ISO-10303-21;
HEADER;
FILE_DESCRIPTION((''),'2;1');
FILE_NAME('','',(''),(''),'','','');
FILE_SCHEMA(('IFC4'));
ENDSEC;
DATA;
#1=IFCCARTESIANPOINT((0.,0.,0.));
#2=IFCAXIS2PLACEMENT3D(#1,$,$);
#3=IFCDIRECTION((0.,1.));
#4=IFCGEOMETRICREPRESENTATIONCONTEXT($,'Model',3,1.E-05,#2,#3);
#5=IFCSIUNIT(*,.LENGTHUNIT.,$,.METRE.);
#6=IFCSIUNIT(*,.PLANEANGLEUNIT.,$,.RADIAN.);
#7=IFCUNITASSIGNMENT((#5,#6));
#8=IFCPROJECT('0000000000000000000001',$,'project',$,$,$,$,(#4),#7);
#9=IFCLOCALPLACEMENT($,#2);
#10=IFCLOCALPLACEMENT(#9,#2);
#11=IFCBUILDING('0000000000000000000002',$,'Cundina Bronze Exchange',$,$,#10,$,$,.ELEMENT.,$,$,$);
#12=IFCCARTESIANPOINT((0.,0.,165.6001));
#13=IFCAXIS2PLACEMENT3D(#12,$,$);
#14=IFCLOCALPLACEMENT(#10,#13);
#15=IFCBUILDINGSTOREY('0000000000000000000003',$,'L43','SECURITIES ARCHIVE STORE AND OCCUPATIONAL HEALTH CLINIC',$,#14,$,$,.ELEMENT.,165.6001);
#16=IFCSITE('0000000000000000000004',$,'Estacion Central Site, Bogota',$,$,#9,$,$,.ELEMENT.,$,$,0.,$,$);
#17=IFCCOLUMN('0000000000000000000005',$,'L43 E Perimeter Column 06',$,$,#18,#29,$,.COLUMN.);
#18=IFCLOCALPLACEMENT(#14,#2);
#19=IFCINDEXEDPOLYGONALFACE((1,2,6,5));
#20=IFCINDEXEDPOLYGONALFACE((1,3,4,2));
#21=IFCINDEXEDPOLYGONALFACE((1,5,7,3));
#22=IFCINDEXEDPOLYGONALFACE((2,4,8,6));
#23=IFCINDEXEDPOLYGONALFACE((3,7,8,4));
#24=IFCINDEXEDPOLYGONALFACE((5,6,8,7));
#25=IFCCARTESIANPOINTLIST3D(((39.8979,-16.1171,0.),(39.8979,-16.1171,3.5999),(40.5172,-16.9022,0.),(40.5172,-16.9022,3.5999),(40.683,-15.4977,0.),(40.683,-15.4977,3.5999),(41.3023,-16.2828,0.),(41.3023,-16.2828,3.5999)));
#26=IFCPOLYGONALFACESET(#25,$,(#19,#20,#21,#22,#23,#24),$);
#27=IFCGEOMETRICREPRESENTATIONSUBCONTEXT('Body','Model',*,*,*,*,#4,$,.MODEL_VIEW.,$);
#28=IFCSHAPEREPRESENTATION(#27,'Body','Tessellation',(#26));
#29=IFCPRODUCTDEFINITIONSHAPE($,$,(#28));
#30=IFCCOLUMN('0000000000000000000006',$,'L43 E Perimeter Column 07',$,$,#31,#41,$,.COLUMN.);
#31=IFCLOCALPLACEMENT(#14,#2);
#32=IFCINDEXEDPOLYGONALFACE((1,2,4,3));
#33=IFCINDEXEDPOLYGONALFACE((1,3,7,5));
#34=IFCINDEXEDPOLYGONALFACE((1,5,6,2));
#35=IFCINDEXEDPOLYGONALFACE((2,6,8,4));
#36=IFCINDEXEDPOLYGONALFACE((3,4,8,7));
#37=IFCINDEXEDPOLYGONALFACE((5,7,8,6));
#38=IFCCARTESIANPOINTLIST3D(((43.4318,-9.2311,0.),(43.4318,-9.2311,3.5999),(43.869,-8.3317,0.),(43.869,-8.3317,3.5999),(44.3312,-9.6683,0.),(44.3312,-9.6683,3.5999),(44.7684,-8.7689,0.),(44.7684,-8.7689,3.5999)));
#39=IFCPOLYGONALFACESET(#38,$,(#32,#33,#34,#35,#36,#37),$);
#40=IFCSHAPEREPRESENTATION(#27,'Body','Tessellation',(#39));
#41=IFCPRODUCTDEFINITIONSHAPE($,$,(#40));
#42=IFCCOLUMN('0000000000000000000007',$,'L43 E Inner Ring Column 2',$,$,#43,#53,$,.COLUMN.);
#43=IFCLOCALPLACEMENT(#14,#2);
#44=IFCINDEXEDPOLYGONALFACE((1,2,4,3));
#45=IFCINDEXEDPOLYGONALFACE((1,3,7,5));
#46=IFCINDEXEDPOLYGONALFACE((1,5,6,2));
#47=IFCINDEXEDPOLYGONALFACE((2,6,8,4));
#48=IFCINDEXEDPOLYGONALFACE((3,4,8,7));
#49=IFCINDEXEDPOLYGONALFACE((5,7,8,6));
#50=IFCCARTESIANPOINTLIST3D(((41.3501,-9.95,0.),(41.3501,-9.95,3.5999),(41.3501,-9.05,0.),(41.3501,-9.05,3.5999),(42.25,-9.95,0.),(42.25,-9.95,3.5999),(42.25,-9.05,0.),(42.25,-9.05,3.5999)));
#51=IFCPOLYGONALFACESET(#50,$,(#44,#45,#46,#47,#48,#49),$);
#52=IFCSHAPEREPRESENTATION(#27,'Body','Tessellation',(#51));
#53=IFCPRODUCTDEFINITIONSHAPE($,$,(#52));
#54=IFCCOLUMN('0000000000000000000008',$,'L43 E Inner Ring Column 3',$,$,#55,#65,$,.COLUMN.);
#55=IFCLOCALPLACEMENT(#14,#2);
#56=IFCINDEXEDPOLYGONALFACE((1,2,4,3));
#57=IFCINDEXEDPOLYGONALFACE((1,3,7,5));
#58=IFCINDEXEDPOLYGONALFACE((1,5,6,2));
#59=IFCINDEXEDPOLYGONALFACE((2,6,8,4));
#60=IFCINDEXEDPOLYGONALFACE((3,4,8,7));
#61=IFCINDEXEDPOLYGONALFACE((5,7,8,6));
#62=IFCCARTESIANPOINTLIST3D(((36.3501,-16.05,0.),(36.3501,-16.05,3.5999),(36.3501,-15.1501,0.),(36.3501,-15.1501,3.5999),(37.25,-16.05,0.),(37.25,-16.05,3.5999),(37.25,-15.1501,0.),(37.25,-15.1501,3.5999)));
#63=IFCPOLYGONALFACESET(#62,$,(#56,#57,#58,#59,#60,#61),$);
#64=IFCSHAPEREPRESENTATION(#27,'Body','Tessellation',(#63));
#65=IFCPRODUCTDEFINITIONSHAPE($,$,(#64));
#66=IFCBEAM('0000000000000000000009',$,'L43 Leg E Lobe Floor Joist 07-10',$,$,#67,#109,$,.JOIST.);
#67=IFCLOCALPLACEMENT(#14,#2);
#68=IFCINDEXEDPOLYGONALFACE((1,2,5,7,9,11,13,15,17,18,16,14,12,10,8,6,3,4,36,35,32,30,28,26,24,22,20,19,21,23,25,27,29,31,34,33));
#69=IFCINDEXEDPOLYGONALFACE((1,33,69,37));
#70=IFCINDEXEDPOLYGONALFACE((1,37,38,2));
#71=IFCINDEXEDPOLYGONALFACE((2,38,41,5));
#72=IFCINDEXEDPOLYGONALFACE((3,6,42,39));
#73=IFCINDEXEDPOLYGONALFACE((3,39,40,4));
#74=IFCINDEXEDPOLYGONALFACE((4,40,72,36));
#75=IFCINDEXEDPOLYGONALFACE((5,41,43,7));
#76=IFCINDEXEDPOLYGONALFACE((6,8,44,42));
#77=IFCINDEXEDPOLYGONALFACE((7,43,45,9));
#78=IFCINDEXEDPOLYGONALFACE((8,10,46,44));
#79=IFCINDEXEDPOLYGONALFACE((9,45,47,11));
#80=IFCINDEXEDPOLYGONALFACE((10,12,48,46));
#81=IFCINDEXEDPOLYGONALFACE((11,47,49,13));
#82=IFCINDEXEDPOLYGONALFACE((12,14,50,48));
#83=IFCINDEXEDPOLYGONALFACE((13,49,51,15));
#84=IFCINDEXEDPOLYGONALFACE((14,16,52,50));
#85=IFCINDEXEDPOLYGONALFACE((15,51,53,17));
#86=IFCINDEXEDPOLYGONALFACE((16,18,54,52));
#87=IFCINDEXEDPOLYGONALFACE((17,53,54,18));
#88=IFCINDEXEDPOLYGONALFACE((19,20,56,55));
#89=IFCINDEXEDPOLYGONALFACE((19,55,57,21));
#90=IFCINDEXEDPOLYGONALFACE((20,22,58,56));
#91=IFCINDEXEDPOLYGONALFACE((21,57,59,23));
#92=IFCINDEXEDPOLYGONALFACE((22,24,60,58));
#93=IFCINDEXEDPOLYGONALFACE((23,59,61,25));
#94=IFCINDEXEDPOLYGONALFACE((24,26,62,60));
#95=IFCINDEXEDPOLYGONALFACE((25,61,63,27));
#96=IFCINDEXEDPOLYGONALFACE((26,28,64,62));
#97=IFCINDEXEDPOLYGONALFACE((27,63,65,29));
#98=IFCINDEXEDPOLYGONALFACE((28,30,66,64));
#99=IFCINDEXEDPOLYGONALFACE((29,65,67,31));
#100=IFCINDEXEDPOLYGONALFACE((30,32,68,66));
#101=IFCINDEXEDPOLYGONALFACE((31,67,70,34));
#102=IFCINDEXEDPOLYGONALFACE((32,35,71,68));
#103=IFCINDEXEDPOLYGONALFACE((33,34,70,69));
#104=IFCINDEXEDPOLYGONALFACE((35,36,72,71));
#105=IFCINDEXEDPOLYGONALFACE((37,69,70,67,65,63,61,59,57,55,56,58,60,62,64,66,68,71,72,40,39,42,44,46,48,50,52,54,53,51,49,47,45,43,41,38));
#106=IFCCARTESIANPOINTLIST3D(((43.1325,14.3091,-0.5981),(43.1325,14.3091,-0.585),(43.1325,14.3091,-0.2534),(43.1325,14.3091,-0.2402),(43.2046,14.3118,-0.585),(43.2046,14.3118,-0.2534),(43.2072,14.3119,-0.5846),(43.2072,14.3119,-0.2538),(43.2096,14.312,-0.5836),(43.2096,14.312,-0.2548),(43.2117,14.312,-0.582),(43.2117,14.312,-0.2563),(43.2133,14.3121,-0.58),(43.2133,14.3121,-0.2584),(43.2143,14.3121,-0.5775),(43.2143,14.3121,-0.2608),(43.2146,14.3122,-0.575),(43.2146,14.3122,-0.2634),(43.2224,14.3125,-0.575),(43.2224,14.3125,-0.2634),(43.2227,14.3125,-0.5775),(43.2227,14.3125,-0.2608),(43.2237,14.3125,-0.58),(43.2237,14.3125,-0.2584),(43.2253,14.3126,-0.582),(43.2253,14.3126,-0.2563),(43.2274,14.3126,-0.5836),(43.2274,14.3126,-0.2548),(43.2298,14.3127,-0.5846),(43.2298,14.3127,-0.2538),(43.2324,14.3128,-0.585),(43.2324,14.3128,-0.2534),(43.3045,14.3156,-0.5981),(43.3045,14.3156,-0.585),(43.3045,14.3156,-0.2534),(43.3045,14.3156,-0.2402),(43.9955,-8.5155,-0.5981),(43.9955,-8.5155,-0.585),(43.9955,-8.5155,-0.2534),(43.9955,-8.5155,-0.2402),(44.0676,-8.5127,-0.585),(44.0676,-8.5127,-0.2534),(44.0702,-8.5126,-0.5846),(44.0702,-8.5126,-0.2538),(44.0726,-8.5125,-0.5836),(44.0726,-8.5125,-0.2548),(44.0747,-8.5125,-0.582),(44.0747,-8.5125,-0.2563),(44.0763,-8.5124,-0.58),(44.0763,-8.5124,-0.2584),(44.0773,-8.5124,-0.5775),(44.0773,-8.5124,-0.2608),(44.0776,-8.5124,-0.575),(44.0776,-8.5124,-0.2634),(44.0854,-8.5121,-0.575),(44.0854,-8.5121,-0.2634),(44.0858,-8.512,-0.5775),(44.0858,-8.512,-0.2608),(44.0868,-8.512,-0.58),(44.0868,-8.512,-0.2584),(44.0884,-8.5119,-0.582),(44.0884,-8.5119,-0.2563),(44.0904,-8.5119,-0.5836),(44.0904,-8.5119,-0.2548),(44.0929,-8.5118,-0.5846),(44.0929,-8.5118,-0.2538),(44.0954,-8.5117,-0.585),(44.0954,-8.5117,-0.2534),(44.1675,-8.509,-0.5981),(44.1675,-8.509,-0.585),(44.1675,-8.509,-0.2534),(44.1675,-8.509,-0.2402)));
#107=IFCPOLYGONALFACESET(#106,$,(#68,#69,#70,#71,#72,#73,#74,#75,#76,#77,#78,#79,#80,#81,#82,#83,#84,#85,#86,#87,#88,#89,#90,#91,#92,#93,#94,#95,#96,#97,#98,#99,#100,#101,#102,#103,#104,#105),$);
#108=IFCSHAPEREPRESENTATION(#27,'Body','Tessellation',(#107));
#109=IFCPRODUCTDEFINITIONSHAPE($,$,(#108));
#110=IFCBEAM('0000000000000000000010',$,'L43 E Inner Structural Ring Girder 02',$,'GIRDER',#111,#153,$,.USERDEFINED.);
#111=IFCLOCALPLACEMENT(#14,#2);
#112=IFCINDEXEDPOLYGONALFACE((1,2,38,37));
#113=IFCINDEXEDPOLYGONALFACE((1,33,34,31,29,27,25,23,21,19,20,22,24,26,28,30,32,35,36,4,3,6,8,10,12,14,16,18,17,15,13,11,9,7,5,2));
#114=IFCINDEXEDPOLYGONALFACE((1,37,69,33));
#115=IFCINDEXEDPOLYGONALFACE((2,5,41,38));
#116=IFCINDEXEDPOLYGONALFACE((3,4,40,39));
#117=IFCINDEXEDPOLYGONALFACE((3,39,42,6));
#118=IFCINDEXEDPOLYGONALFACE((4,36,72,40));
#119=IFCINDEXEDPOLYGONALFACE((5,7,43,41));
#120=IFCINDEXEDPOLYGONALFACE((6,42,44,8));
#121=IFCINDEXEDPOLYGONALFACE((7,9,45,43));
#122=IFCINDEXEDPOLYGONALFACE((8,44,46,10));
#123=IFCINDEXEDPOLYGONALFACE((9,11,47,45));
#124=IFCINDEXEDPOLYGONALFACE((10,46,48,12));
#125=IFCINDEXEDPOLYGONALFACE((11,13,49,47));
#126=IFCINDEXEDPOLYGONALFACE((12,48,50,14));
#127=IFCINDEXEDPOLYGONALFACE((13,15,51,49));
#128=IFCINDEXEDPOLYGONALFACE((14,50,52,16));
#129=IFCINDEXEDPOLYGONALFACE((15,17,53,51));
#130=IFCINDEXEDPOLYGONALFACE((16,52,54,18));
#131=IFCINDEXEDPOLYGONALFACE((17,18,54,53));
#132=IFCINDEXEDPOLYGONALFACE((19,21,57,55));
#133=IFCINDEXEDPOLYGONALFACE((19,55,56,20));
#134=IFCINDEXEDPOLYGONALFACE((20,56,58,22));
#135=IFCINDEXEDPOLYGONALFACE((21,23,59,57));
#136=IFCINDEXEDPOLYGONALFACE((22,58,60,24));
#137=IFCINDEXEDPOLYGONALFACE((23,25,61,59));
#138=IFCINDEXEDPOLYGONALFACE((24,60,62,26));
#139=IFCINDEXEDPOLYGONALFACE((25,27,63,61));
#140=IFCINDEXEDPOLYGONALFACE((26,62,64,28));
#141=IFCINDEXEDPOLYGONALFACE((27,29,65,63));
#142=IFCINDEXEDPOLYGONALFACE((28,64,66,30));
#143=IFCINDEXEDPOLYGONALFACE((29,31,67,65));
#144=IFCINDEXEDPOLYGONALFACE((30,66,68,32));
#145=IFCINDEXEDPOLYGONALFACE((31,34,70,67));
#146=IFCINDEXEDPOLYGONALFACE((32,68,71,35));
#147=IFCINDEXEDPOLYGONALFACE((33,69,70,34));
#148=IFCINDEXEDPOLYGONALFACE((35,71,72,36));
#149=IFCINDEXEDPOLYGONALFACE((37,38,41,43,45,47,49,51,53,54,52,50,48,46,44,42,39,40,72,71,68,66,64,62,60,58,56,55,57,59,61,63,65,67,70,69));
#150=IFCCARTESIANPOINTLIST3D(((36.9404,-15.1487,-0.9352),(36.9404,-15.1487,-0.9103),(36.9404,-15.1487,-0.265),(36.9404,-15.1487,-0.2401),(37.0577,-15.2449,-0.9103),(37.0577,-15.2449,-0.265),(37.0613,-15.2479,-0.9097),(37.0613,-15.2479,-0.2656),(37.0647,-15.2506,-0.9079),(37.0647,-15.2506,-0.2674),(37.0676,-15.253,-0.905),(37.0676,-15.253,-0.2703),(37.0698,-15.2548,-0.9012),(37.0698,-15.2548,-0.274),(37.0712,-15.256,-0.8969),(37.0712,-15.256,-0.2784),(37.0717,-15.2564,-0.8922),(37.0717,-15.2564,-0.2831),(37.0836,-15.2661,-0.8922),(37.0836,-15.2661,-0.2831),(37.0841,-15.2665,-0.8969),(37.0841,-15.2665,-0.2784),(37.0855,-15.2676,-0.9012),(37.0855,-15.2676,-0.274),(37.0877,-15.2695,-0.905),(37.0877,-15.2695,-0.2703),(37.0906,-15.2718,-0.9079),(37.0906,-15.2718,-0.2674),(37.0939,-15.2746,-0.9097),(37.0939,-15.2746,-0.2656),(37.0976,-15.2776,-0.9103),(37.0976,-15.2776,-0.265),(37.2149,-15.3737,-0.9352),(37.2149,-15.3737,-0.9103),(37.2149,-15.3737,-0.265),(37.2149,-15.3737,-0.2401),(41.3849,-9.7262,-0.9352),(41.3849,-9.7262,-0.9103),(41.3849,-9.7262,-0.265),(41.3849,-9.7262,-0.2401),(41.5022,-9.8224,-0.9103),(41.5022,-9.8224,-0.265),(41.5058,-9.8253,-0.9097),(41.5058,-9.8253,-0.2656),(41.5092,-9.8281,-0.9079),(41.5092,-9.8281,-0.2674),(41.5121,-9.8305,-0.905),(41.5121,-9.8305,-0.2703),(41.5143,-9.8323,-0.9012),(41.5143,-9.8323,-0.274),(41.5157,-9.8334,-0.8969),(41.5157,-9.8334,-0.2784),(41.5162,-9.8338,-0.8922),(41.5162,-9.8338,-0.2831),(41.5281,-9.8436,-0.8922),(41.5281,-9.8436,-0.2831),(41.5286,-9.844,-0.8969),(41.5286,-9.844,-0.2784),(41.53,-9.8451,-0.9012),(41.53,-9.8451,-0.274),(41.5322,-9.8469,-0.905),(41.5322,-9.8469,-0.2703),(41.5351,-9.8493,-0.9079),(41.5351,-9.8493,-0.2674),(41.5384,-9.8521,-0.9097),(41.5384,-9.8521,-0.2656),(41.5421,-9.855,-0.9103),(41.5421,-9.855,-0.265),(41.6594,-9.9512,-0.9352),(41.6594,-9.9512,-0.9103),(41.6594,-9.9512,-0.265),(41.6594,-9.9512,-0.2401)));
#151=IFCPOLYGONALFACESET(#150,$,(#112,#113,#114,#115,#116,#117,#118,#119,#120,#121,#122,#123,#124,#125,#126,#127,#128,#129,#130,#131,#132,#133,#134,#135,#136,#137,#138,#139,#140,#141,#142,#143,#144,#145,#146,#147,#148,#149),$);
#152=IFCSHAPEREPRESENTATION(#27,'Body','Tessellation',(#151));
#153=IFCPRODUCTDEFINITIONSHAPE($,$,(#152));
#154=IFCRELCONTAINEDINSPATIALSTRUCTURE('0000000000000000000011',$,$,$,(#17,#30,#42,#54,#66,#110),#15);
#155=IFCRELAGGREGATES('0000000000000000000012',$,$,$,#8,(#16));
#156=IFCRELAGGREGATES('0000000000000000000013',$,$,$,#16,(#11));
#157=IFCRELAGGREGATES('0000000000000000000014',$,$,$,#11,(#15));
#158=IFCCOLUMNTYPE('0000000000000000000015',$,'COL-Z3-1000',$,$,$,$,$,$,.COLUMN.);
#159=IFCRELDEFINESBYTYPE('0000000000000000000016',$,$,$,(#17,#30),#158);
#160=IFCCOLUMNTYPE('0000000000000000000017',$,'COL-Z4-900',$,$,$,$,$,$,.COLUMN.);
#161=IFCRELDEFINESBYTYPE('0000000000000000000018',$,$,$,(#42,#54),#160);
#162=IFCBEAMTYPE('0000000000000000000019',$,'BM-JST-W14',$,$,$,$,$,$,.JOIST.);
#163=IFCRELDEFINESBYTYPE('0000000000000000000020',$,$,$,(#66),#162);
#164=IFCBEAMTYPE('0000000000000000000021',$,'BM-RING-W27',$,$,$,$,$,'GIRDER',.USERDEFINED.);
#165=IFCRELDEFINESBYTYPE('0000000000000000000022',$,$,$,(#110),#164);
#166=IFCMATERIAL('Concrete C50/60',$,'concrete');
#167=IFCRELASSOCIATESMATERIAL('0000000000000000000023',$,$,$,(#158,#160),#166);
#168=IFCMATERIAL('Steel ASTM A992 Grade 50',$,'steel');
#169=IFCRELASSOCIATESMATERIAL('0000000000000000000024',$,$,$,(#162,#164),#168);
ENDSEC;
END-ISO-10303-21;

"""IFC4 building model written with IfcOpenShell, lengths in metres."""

from ifc_helpers import new_model, si_unit, direction, frame, origin, origin_2d, place, context, subcontext, project, spatial, rectangle, i_section, extrude, material, material_profile, profile_set, type_object, element, save


model = new_model("IFC4")

# Units and contexts
model_context = context("Model", 3, precision=1e-05, world=origin(), true_north=direction((0.0, 1.0)))
body_context = subcontext(model_context, "Body", "Model", "MODEL_VIEW")
ifc_project = project(units=[si_unit("LENGTHUNIT", "METRE"), si_unit("PLANEANGLEUNIT", "RADIAN")], contexts=[model_context])

# Site, building, storey
site_placement = place(None, origin())
site = spatial("IfcSite", under=ifc_project, at=site_placement, Name="Estacion Central Site, Bogota", CompositionType="ELEMENT", RefElevation=0.0)
building_placement = place(site_placement, origin())
building = spatial("IfcBuilding", under=site, at=building_placement, Name="Cundina Bronze Exchange", CompositionType="ELEMENT")
storey_placement = place(building_placement, frame((0.0, 0.0, 165.6001)))
storey = spatial("IfcBuildingStorey", under=building, at=storey_placement, Name="L43", Description="SECURITIES ARCHIVE STORE AND OCCUPATIONAL HEALTH CLINIC", CompositionType="ELEMENT", Elevation=165.6001)

# Columns
ifc_material_1 = material(Name="Concrete C50/60", Category="concrete")
ifc_material_profile_1 = material_profile(ifc_material_1, rectangle(XDim=1.0, YDim=1.0, at=origin_2d()), Name="RC1000X1000", Category="concrete")
ifc_profile_set_1 = profile_set([ifc_material_profile_1], Name="Concrete C50/60")
column_type_1 = type_object("IfcColumnType", Name="COL-Z3-1000", PredefinedType="COLUMN", material=ifc_profile_set_1)
for number, where, z_axis, x_axis, name in (
    (1, (40.6001, -16.2, 0.0), (0.0, 0.0, 1.0), (0.785101, 0.619368, 0.0), "L43 E Perimeter Column 06"),
    (2, (44.1001, -9.0, 0.0), (0.0, 0.0, 1.0), (0.437116, 0.899405, 0.0), "L43 E Perimeter Column 07"),
):
    element("IfcColumn", number, at=place(storey_placement, frame(where, z_axis=z_axis, x_axis=x_axis)), inside=storey, type_object=column_type_1, Name=name, PredefinedType="COLUMN", context=body_context, shape_type="SweptSolid", body=[
        extrude(rectangle(XDim=1.0, YDim=1.0, at=origin_2d()), origin(), (0.0, 0.0, 1.0), 3.5999),
    ])
ifc_material_profile_2 = material_profile(ifc_material_1, rectangle(XDim=0.8999, YDim=0.8999, at=origin_2d()), Name="RC900X900", Category="concrete")
ifc_profile_set_2 = profile_set([ifc_material_profile_2], Name="Concrete C50/60")
column_type_2 = type_object("IfcColumnType", Name="COL-Z4-900", PredefinedType="COLUMN", material=ifc_profile_set_2)
for number, where, z_axis, x_axis, name in (
    (3, (41.8, -9.5, 0.0), (0.0, 0.0, 1.0), (1.0, 0.0, 0.0), "L43 E Inner Ring Column 2"),
    (4, (36.8, -15.6001, 0.0), (0.0, 0.0, 1.0), (1.0, 0.0, 0.0), "L43 E Inner Ring Column 3"),
):
    element("IfcColumn", number, at=place(storey_placement, frame(where, z_axis=z_axis, x_axis=x_axis)), inside=storey, type_object=column_type_2, Name=name, PredefinedType="COLUMN", context=body_context, shape_type="SweptSolid", body=[
        extrude(rectangle(XDim=0.8999, YDim=0.8999, at=origin_2d()), origin(), (0.0, 0.0, 1.0), 3.5999),
    ])

# Beams
ifc_material_2 = material(Name="Steel ASTM A992 Grade 50", Category="steel")
ifc_material_profile_3 = material_profile(ifc_material_2, i_section(OverallWidth=0.1721, OverallDepth=0.3579, WebThickness=0.0078, FlangeThickness=0.0132, FilletRadius=0.01, at=origin_2d()), Name="W14X38", Category="steel")
ifc_profile_set_3 = profile_set([ifc_material_profile_3], Name="Steel ASTM A992 Grade 50")
beam_type_1 = type_object("IfcBeamType", Name="BM-JST-W14", PredefinedType="JOIST", material=ifc_profile_set_3)
beam_1_placement = place(storey_placement, frame((44.0815, -8.5122, -0.4192), z_axis=(-0.037785, 0.999286, 0.0), x_axis=(-0.999286, -0.037785, 0.0)))
element("IfcBeam", 5, at=beam_1_placement, inside=storey, type_object=beam_type_1, Name="L43 Leg E Lobe Floor Joist 07-10", PredefinedType="JOIST", context=body_context, shape_type="SweptSolid", body=[
    extrude(i_section(OverallWidth=0.1721, OverallDepth=0.3579, WebThickness=0.0078, FlangeThickness=0.0132, FilletRadius=0.01, at=origin_2d()), origin(), (0.0, 0.0, 1.0), 22.8408),
])
ifc_material_profile_4 = material_profile(ifc_material_2, i_section(OverallWidth=0.355, OverallDepth=0.6951, WebThickness=0.0154, FlangeThickness=0.0249, FilletRadius=0.0181, at=origin_2d()), Name="W27X146", Category="steel")
ifc_profile_set_4 = profile_set([ifc_material_profile_4], Name="Steel ASTM A992 Grade 50")
beam_type_2 = type_object("IfcBeamType", Name="BM-RING-W27", ElementType="GIRDER", PredefinedType="USERDEFINED", material=ifc_profile_set_4)
beam_2_placement = place(storey_placement, frame((37.0776, -15.2612, -0.5876), z_axis=(0.633913, 0.773405, 0.0), x_axis=(-0.773405, 0.633913, 0.0)))
element("IfcBeam", 6, at=beam_2_placement, inside=storey, type_object=beam_type_2, Name="L43 E Inner Structural Ring Girder 02", ObjectType="GIRDER", PredefinedType="USERDEFINED", context=body_context, shape_type="SweptSolid", body=[
    extrude(i_section(OverallWidth=0.355, OverallDepth=0.6951, WebThickness=0.0154, FlangeThickness=0.0249, FilletRadius=0.0181, at=origin_2d()), origin(), (0.0, 0.0, 1.0), 7.0112),
])

save(model, "model.ifc")
